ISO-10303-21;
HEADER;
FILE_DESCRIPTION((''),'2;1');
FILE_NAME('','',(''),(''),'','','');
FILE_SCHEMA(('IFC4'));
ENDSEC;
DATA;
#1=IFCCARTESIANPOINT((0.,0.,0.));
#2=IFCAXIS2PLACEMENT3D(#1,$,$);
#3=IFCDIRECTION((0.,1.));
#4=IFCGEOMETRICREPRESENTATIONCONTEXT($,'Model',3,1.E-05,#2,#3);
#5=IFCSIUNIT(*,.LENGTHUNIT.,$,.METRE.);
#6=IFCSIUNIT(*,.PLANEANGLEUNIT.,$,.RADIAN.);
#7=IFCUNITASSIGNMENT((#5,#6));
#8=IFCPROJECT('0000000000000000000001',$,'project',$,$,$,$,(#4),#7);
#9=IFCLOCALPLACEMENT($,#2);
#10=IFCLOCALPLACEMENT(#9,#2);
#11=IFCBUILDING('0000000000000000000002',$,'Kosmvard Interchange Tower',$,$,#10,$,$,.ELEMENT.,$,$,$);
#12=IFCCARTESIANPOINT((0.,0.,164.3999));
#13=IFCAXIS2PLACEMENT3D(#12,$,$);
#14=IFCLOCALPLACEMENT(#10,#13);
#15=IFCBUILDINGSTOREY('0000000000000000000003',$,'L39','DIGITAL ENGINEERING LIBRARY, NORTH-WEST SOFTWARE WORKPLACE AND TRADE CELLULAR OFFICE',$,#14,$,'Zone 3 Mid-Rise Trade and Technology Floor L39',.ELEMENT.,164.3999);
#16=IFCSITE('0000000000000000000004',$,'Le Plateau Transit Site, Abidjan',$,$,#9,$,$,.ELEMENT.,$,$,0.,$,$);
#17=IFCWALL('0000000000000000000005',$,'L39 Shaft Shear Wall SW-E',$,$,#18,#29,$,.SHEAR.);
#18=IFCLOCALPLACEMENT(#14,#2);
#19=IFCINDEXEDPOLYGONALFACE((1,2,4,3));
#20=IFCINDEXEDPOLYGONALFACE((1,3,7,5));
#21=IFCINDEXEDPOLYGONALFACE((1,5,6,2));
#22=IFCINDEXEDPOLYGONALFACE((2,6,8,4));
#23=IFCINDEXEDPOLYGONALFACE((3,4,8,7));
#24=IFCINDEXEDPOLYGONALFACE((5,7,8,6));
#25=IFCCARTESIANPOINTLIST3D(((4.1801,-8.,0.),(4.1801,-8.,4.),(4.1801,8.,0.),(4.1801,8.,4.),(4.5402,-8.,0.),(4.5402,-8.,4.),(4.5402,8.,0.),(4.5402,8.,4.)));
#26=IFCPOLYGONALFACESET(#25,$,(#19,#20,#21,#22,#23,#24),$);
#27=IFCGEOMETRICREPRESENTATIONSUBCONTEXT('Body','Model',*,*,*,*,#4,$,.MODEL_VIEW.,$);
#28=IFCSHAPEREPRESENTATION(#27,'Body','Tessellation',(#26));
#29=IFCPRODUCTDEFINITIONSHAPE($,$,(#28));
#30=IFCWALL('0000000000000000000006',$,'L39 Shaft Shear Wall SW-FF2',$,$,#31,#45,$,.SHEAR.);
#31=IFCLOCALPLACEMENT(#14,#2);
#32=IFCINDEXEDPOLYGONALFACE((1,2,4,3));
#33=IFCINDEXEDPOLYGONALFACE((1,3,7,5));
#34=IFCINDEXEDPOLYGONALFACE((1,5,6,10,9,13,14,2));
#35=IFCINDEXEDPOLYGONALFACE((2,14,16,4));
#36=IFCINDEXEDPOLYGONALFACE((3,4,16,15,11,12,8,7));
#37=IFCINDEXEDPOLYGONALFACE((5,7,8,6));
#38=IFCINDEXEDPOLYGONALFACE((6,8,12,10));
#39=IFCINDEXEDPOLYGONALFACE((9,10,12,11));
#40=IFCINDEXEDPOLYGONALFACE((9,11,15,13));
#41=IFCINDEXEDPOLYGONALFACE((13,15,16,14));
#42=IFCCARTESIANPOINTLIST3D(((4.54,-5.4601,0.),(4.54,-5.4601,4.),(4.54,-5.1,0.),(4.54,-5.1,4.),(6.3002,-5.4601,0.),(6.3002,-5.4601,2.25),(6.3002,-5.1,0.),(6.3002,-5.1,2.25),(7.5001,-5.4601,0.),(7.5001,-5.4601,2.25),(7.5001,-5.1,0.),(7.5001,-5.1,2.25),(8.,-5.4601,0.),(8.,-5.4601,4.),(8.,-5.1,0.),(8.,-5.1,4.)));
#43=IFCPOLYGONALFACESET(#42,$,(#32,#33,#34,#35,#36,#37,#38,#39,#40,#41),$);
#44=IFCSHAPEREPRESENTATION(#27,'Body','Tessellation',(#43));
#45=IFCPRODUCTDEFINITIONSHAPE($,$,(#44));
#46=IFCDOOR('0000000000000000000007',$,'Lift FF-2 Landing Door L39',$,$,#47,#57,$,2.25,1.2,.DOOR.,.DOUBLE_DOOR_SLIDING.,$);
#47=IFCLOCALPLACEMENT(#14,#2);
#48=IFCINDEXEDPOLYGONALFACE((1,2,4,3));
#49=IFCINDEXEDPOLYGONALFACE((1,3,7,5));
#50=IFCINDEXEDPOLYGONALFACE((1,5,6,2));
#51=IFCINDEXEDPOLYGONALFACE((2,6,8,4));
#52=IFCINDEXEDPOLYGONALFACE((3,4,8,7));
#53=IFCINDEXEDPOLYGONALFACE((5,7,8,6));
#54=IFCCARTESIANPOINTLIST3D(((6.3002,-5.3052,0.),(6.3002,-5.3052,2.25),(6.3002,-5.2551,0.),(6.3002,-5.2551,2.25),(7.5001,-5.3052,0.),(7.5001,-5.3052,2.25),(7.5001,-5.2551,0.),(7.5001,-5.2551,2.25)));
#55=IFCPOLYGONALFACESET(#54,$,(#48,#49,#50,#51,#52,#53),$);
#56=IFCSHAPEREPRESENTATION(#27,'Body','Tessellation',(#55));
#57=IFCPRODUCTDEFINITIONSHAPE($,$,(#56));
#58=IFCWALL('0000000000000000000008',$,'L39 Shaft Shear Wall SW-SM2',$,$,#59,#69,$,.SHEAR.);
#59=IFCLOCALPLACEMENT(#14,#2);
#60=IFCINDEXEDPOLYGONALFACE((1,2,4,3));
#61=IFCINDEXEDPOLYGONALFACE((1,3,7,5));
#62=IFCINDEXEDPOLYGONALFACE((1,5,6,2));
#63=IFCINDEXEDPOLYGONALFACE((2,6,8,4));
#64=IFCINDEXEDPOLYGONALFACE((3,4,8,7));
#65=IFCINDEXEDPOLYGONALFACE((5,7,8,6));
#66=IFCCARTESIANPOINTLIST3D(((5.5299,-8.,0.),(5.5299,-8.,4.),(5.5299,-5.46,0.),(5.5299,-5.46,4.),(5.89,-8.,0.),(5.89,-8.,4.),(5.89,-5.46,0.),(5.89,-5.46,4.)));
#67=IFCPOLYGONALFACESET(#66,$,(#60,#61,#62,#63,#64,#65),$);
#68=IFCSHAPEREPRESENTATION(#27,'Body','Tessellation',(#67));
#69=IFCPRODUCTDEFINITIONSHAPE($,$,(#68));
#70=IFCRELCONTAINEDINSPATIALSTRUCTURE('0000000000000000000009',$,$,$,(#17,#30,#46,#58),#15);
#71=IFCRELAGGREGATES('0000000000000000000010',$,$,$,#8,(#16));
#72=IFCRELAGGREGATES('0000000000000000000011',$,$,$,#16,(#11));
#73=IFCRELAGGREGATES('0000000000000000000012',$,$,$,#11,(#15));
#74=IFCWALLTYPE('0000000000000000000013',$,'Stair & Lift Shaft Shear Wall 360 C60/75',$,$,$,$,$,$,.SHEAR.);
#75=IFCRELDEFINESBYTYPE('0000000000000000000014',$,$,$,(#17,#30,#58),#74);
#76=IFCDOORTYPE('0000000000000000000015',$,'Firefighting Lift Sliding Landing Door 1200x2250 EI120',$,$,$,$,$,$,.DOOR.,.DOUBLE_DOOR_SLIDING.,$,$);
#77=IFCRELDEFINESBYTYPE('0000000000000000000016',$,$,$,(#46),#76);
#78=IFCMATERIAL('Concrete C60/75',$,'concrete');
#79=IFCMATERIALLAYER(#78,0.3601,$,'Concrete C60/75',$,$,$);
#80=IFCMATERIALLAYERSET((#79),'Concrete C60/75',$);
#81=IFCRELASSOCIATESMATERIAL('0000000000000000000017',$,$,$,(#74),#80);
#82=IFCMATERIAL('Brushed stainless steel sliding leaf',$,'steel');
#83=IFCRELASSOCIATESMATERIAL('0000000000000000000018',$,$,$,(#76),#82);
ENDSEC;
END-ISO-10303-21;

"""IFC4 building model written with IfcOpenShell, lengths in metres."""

from ifc_helpers import new_model, si_unit, direction, frame, frame_2d, origin, place, context, subcontext, project, spatial, rectangle, extrude, source, transform, mapped, material, layer, layer_set, type_object, element, fill, save


model = new_model("IFC4")

# Units and contexts
model_context = context("Model", 3, precision=1e-05, world=origin(), true_north=direction((0.0, 1.0)))
body_context = subcontext(model_context, "Body", "Model", "MODEL_VIEW")
ifc_project = project(units=[si_unit("LENGTHUNIT", "METRE"), si_unit("PLANEANGLEUNIT", "RADIAN")], contexts=[model_context])

# Site, building, storey
site_placement = place(None, origin())
site = spatial("IfcSite", under=ifc_project, at=site_placement, Name="Le Plateau Transit Site, Abidjan", CompositionType="ELEMENT", RefElevation=0.0)
building_placement = place(site_placement, origin())
building = spatial("IfcBuilding", under=site, at=building_placement, Name="Kosmvard Interchange Tower", CompositionType="ELEMENT")
storey_placement = place(building_placement, frame((0.0, 0.0, 164.3999)))
storey = spatial("IfcBuildingStorey", under=building, at=storey_placement, Name="L39", Description="DIGITAL ENGINEERING LIBRARY, NORTH-WEST SOFTWARE WORKPLACE AND TRADE CELLULAR OFFICE", LongName="Zone 3 Mid-Rise Trade and Technology Floor L39", CompositionType="ELEMENT", Elevation=164.3999)

# Shared definitions
ifc_material_1 = material(Name="Concrete C60/75", Category="concrete")

# Shared definitions
ifc_material_2 = material(Name="Brushed stainless steel sliding leaf", Category="steel")

# Wall
ifc_layer_1 = layer(ifc_material_1, 0.3601, Name="Concrete C60/75")
ifc_layer_set_1 = layer_set([ifc_layer_1], Name="Concrete C60/75")
wall_type_1 = type_object("IfcWallType", Name="Stair & Lift Shaft Shear Wall 360 C60/75", PredefinedType="SHEAR", material=ifc_layer_set_1)
wall_1_placement = place(storey_placement, frame((4.3601, -8.0, 0.0), z_axis=(0.0, 0.0, 1.0), x_axis=(0.0, 1.0, 0.0)))
element("IfcWall", 1, at=wall_1_placement, inside=storey, type_object=wall_type_1, Name="L39 Shaft Shear Wall SW-E", PredefinedType="SHEAR", context=body_context, shape_type="SweptSolid", body=[
    extrude(rectangle(XDim=16.0, YDim=0.3601, at=frame_2d((8.0, 0.0))), origin(), (0.0, 0.0, 1.0), 4.0),
])

# Wall, opening, door
wall_2_placement = place(storey_placement, frame((4.54, -5.28, 0.0), z_axis=(0.0, 0.0, 1.0), x_axis=(1.0, 0.0, 0.0)))
wall_2 = element("IfcWall", 2, at=wall_2_placement, inside=storey, type_object=wall_type_1, Name="L39 Shaft Shear Wall SW-FF2", PredefinedType="SHEAR", context=body_context, shape_type="SweptSolid", body=[
    extrude(rectangle(XDim=3.46, YDim=0.3601, at=frame_2d((1.73, 0.0))), origin(), (0.0, 0.0, 1.0), 4.0),
])
opening_1_placement = place(wall_2_placement, frame((1.76, 0.0, 0.0)))
opening_1 = element("IfcOpeningElement", 3, at=opening_1_placement, cuts=wall_2, PredefinedType="OPENING", context=body_context, shape_type="SweptSolid", body=[
    extrude(rectangle(XDim=1.2, YDim=2.25, at=frame_2d((0.6001, 1.125))), frame((0.0, 0.1899, 0.0), z_axis=(0.0, -1.0, 0.0), x_axis=(1.0, 0.0, 0.0)), (0.0, 0.0, 1.0), 0.3801),
])
door_type_1 = type_object("IfcDoorType", Name="Firefighting Lift Sliding Landing Door 1200x2250 EI120", OperationType="DOUBLE_DOOR_SLIDING", PredefinedType="DOOR", material=ifc_material_2)
shared_shape_1 = source(origin(), body_context, "Body", "SweptSolid", [
    extrude(rectangle(XDim=1.2, YDim=2.25, at=frame_2d((0.6001, 1.125))), frame((0.0, 0.0249, 0.0), z_axis=(0.0, -1.0, 0.0), x_axis=(1.0, 0.0, 0.0)), (0.0, 0.0, 1.0), 0.05),
])
door_1_placement = place(opening_1_placement, origin())
door_1 = element("IfcDoor", 4, at=door_1_placement, inside=storey, type_object=door_type_1, Name="Lift FF-2 Landing Door L39", OperationType="DOUBLE_DOOR_SLIDING", OverallHeight=2.25, OverallWidth=1.2, PredefinedType="DOOR", context=body_context, shape_type="MappedRepresentation", body=[
    mapped(shared_shape_1, transform((0.0, 0.0, 0.0), scale=1.0)),
])
fill(opening_1, door_1)

# Wall
wall_3_placement = place(storey_placement, frame((5.71, -8.0, 0.0), z_axis=(0.0, 0.0, 1.0), x_axis=(0.0, 1.0, 0.0)))
element("IfcWall", 5, at=wall_3_placement, inside=storey, type_object=wall_type_1, Name="L39 Shaft Shear Wall SW-SM2", PredefinedType="SHEAR", context=body_context, shape_type="SweptSolid", body=[
    extrude(rectangle(XDim=2.54, YDim=0.3601, at=frame_2d((1.27, 0.0))), origin(), (0.0, 0.0, 1.0), 4.0),
])

save(model, "model.ifc")
